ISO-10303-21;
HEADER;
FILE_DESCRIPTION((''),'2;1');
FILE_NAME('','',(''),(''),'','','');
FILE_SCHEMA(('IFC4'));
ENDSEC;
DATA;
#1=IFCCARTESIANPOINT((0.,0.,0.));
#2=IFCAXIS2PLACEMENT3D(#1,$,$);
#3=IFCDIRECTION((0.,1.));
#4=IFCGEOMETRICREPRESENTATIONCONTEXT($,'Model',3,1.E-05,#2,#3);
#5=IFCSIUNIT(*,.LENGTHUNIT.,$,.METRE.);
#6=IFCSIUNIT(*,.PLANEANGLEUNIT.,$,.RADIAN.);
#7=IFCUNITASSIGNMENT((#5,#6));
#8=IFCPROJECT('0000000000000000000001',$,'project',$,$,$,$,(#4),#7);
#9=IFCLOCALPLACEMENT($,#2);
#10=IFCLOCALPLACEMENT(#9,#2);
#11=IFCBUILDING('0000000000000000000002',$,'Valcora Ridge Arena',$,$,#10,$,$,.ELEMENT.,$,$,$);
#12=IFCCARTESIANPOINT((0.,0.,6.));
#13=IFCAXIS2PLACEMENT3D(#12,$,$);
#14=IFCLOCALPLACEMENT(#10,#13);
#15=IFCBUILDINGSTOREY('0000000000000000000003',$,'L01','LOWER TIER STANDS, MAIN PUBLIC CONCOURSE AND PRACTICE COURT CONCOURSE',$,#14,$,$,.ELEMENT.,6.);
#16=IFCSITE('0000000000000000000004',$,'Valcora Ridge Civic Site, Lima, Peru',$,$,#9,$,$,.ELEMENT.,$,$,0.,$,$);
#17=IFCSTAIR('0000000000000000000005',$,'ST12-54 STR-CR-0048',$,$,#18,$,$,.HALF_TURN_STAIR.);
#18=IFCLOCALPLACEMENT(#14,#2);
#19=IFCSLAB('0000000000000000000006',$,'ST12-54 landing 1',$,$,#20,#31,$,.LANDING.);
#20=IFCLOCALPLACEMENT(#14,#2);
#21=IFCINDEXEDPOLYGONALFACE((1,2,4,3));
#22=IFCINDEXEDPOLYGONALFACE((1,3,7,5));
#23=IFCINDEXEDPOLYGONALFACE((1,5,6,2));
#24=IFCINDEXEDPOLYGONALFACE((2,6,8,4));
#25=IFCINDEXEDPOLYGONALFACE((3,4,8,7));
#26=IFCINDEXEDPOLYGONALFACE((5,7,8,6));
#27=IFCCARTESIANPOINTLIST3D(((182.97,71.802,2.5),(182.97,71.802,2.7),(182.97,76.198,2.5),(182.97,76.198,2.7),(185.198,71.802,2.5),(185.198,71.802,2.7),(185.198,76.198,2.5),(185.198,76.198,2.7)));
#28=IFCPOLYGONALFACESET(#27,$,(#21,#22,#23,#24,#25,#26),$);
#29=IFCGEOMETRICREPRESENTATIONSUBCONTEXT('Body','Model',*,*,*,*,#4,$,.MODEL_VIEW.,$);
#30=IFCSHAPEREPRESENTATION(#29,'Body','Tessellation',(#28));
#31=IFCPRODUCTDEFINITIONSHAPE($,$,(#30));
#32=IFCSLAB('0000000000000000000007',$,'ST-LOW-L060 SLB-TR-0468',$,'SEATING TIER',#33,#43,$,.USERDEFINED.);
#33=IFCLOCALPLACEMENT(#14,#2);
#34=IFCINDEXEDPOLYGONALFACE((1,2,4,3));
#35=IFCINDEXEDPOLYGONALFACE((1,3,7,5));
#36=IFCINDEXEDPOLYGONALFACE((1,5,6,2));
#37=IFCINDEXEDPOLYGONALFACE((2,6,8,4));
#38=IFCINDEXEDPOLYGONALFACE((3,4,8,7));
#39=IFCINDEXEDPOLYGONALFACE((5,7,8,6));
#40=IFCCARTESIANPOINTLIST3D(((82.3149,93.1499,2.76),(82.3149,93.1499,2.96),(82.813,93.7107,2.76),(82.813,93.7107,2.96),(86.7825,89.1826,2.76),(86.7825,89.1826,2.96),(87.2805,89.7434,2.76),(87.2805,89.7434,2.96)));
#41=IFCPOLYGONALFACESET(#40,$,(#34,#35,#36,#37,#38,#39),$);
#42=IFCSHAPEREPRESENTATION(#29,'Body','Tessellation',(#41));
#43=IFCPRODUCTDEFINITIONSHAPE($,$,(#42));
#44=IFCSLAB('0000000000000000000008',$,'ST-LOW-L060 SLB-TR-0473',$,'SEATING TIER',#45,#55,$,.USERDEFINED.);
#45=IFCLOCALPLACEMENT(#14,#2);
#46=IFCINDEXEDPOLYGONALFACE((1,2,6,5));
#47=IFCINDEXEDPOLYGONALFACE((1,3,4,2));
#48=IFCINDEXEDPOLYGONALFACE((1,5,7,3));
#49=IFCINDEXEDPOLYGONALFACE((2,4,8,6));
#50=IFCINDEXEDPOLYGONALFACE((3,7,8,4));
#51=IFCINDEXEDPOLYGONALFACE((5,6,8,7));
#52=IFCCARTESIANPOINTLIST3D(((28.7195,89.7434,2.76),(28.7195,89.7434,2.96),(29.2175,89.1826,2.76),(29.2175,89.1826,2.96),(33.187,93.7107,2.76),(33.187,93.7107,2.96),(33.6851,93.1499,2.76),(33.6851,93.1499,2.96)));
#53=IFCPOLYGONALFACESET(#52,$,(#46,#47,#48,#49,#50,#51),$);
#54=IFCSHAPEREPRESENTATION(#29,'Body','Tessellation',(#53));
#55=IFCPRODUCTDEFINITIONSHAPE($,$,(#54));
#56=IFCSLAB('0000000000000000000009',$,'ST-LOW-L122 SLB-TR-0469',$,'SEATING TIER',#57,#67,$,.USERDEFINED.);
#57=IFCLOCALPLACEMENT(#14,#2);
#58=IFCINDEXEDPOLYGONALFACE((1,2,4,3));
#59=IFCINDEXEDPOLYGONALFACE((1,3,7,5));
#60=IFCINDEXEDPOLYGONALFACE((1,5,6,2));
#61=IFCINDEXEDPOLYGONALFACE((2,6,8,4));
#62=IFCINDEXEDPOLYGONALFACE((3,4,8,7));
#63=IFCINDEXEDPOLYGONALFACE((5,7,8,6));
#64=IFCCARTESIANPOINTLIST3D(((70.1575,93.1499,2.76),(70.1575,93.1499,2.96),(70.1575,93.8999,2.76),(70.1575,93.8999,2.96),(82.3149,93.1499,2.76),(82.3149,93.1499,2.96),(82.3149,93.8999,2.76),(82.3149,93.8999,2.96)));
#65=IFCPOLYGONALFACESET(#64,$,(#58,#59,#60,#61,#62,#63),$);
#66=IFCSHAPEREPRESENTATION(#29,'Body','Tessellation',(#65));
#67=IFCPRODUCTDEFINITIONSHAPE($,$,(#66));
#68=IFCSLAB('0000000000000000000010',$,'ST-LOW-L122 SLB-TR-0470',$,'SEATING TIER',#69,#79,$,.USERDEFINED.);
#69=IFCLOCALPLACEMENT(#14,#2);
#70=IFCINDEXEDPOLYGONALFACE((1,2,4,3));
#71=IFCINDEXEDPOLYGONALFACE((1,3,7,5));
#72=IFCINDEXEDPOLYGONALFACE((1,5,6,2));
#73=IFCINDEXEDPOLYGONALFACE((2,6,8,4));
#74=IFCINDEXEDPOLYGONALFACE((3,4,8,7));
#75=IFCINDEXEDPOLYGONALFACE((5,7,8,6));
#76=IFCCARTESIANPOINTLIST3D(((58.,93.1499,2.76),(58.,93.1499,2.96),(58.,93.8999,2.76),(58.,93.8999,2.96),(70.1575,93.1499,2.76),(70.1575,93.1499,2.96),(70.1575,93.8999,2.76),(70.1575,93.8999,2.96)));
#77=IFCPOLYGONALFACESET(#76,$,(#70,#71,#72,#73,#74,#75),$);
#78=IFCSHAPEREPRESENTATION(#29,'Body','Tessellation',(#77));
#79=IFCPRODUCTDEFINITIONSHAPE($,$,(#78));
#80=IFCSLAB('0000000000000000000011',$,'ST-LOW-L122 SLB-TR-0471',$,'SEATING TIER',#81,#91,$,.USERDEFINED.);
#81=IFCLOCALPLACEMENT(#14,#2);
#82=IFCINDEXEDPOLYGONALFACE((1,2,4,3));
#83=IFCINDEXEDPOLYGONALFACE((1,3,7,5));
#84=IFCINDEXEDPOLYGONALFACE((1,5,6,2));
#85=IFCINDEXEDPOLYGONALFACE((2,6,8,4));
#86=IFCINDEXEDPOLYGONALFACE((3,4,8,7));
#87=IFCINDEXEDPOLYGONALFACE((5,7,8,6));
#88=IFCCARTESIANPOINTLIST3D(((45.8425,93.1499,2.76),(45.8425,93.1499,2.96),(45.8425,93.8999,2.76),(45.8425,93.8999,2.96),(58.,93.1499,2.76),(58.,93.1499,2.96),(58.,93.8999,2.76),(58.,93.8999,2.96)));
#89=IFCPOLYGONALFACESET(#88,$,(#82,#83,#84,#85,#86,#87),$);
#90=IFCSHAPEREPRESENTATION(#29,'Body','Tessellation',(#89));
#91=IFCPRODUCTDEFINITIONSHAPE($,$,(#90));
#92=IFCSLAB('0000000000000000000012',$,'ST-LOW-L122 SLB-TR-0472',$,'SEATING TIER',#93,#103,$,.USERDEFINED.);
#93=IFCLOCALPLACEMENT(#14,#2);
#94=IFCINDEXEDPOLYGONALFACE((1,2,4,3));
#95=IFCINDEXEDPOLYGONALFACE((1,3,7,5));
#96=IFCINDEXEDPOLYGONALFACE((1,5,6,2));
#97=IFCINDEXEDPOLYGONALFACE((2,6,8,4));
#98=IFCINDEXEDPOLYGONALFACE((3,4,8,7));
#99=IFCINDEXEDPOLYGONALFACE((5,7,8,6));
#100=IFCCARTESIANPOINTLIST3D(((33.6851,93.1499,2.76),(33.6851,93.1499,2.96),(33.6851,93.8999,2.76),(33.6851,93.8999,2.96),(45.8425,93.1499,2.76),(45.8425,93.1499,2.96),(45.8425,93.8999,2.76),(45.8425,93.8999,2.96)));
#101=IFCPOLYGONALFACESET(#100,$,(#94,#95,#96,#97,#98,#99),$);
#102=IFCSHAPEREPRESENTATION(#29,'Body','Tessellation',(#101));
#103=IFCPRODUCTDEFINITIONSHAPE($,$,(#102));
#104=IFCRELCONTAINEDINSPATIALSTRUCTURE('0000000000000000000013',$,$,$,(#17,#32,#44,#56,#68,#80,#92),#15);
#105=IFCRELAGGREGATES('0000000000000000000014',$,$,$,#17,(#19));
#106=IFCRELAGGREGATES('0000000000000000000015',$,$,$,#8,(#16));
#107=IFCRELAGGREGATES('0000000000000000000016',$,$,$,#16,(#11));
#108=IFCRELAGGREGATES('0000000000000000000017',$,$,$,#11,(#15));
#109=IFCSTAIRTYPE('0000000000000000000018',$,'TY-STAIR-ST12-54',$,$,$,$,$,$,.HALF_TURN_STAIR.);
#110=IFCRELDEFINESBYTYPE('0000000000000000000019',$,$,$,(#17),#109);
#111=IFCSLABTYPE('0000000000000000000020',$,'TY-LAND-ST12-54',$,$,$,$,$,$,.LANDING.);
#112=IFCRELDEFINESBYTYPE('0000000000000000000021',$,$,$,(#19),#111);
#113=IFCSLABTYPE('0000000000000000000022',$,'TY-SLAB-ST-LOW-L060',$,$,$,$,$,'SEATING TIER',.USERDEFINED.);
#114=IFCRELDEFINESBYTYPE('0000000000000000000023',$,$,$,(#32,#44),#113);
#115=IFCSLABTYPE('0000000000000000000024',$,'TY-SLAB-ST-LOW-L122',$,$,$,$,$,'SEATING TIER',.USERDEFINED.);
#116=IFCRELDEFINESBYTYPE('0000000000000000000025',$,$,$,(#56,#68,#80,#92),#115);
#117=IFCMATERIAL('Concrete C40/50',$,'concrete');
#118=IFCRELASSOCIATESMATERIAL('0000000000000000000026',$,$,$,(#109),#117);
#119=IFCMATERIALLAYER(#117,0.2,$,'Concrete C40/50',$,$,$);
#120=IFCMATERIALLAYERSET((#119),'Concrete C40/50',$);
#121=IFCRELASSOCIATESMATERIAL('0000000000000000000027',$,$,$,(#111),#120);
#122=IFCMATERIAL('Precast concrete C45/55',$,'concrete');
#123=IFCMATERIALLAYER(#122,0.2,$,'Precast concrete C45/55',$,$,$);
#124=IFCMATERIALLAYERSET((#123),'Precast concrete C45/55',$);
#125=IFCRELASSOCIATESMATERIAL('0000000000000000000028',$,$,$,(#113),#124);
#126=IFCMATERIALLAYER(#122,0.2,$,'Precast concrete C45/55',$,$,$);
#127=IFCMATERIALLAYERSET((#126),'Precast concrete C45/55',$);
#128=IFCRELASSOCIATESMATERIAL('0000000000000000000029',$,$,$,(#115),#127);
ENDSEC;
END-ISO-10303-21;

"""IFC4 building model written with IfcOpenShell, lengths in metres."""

from ifc_helpers import new_model, si_unit, direction, frame, origin, place, context, subcontext, project, spatial, polyline, outline, extrude, material, layer, layer_set, type_object, element, aggregate, save


model = new_model("IFC4")

# Units and contexts
model_context = context("Model", 3, precision=1e-05, world=origin(), true_north=direction((0.0, 1.0)))
body_context = subcontext(model_context, "Body", "Model", "MODEL_VIEW")
ifc_project = project(units=[si_unit("LENGTHUNIT", "METRE"), si_unit("PLANEANGLEUNIT", "RADIAN")], contexts=[model_context])

# Site, building, storey
site_placement = place(None, origin())
site = spatial("IfcSite", under=ifc_project, at=site_placement, Name="Valcora Ridge Civic Site, Lima, Peru", CompositionType="ELEMENT", RefElevation=0.0)
building_placement = place(site_placement, origin())
building = spatial("IfcBuilding", under=site, at=building_placement, Name="Valcora Ridge Arena", CompositionType="ELEMENT")
storey_placement = place(building_placement, frame((0.0, 0.0, 6.0)))
storey = spatial("IfcBuildingStorey", under=building, at=storey_placement, Name="L01", Description="LOWER TIER STANDS, MAIN PUBLIC CONCOURSE AND PRACTICE COURT CONCOURSE", CompositionType="ELEMENT", Elevation=6.0)

# Stair, slab
ifc_material_1 = material(Name="Concrete C40/50", Category="concrete")
stair_type_1 = type_object("IfcStairType", Name="TY-STAIR-ST12-54", PredefinedType="HALF_TURN_STAIR", material=ifc_material_1)
stair_1_placement = place(storey_placement, origin())
stair_1 = element("IfcStair", 1, at=stair_1_placement, inside=storey, type_object=stair_type_1, Name="ST12-54 STR-CR-0048", PredefinedType="HALF_TURN_STAIR")
ifc_layer_1 = layer(ifc_material_1, 0.2, Name="Concrete C40/50")
ifc_layer_set_1 = layer_set([ifc_layer_1], Name="Concrete C40/50")
slab_type_1 = type_object("IfcSlabType", Name="TY-LAND-ST12-54", PredefinedType="LANDING", material=ifc_layer_set_1)
slab_1_placement = place(storey_placement, frame((0.0, 0.0, 2.5)))
slab_1 = element("IfcSlab", 2, at=slab_1_placement, type_object=slab_type_1, Name="ST12-54 landing 1", PredefinedType="LANDING", context=body_context, shape_type="SweptSolid", body=[
    extrude(outline(polyline([(182.97, 71.802), (185.198, 71.802), (185.198, 76.198), (182.97, 76.198), (182.97, 71.802)])), origin(), (0.0, 0.0, 1.0), 0.2),
])
aggregate(stair_1, [slab_1])

# Slabs
ifc_material_2 = material(Name="Precast concrete C45/55", Category="concrete")
ifc_layer_2 = layer(ifc_material_2, 0.2, Name="Precast concrete C45/55")
ifc_layer_set_2 = layer_set([ifc_layer_2], Name="Precast concrete C45/55")
slab_type_2 = type_object("IfcSlabType", Name="TY-SLAB-ST-LOW-L060", ElementType="SEATING TIER", PredefinedType="USERDEFINED", material=ifc_layer_set_2)
slab_2_placement = place(storey_placement, frame((0.0, 0.0, 2.76)))
element("IfcSlab", 3, at=slab_2_placement, inside=storey, type_object=slab_type_2, Name="ST-LOW-L060 SLB-TR-0468", ObjectType="SEATING TIER", PredefinedType="USERDEFINED", context=body_context, shape_type="SweptSolid", body=[
    extrude(outline(polyline([(86.7825, 89.1826), (82.3149, 93.1499), (82.813, 93.7107), (87.2805, 89.7434), (86.7825, 89.1826)])), origin(), (0.0, 0.0, 1.0), 0.2),
])
slab_3_placement = place(storey_placement, frame((0.0, 0.0, 2.76)))
element("IfcSlab", 4, at=slab_3_placement, inside=storey, type_object=slab_type_2, Name="ST-LOW-L060 SLB-TR-0473", ObjectType="SEATING TIER", PredefinedType="USERDEFINED", context=body_context, shape_type="SweptSolid", body=[
    extrude(outline(polyline([(33.6851, 93.1499), (29.2175, 89.1826), (28.7195, 89.7434), (33.187, 93.7107), (33.6851, 93.1499)])), origin(), (0.0, 0.0, 1.0), 0.2),
])
ifc_layer_3 = layer(ifc_material_2, 0.2, Name="Precast concrete C45/55")
ifc_layer_set_3 = layer_set([ifc_layer_3], Name="Precast concrete C45/55")
slab_type_3 = type_object("IfcSlabType", Name="TY-SLAB-ST-LOW-L122", ElementType="SEATING TIER", PredefinedType="USERDEFINED", material=ifc_layer_set_3)
slab_4_placement = place(storey_placement, frame((0.0, 0.0, 2.76)))
element("IfcSlab", 5, at=slab_4_placement, inside=storey, type_object=slab_type_3, Name="ST-LOW-L122 SLB-TR-0469", ObjectType="SEATING TIER", PredefinedType="USERDEFINED", context=body_context, shape_type="SweptSolid", body=[
    extrude(outline(polyline([(82.3149, 93.1499), (70.1575, 93.1499), (70.1575, 93.8999), (82.3149, 93.8999), (82.3149, 93.1499)])), origin(), (0.0, 0.0, 1.0), 0.2),
])
slab_5_placement = place(storey_placement, frame((0.0, 0.0, 2.76)))
element("IfcSlab", 6, at=slab_5_placement, inside=storey, type_object=slab_type_3, Name="ST-LOW-L122 SLB-TR-0470", ObjectType="SEATING TIER", PredefinedType="USERDEFINED", context=body_context, shape_type="SweptSolid", body=[
    extrude(outline(polyline([(70.1575, 93.1499), (58.0, 93.1499), (58.0, 93.8999), (70.1575, 93.8999), (70.1575, 93.1499)])), origin(), (0.0, 0.0, 1.0), 0.2),
])
slab_6_placement = place(storey_placement, frame((0.0, 0.0, 2.76)))
element("IfcSlab", 7, at=slab_6_placement, inside=storey, type_object=slab_type_3, Name="ST-LOW-L122 SLB-TR-0471", ObjectType="SEATING TIER", PredefinedType="USERDEFINED", context=body_context, shape_type="SweptSolid", body=[
    extrude(outline(polyline([(58.0, 93.1499), (45.8425, 93.1499), (45.8425, 93.8999), (58.0, 93.8999), (58.0, 93.1499)])), origin(), (0.0, 0.0, 1.0), 0.2),
])
slab_7_placement = place(storey_placement, frame((0.0, 0.0, 2.76)))
element("IfcSlab", 8, at=slab_7_placement, inside=storey, type_object=slab_type_3, Name="ST-LOW-L122 SLB-TR-0472", ObjectType="SEATING TIER", PredefinedType="USERDEFINED", context=body_context, shape_type="SweptSolid", body=[
    extrude(outline(polyline([(45.8425, 93.1499), (33.6851, 93.1499), (33.6851, 93.8999), (45.8425, 93.8999), (45.8425, 93.1499)])), origin(), (0.0, 0.0, 1.0), 0.2),
])

save(model, "model.ifc")
